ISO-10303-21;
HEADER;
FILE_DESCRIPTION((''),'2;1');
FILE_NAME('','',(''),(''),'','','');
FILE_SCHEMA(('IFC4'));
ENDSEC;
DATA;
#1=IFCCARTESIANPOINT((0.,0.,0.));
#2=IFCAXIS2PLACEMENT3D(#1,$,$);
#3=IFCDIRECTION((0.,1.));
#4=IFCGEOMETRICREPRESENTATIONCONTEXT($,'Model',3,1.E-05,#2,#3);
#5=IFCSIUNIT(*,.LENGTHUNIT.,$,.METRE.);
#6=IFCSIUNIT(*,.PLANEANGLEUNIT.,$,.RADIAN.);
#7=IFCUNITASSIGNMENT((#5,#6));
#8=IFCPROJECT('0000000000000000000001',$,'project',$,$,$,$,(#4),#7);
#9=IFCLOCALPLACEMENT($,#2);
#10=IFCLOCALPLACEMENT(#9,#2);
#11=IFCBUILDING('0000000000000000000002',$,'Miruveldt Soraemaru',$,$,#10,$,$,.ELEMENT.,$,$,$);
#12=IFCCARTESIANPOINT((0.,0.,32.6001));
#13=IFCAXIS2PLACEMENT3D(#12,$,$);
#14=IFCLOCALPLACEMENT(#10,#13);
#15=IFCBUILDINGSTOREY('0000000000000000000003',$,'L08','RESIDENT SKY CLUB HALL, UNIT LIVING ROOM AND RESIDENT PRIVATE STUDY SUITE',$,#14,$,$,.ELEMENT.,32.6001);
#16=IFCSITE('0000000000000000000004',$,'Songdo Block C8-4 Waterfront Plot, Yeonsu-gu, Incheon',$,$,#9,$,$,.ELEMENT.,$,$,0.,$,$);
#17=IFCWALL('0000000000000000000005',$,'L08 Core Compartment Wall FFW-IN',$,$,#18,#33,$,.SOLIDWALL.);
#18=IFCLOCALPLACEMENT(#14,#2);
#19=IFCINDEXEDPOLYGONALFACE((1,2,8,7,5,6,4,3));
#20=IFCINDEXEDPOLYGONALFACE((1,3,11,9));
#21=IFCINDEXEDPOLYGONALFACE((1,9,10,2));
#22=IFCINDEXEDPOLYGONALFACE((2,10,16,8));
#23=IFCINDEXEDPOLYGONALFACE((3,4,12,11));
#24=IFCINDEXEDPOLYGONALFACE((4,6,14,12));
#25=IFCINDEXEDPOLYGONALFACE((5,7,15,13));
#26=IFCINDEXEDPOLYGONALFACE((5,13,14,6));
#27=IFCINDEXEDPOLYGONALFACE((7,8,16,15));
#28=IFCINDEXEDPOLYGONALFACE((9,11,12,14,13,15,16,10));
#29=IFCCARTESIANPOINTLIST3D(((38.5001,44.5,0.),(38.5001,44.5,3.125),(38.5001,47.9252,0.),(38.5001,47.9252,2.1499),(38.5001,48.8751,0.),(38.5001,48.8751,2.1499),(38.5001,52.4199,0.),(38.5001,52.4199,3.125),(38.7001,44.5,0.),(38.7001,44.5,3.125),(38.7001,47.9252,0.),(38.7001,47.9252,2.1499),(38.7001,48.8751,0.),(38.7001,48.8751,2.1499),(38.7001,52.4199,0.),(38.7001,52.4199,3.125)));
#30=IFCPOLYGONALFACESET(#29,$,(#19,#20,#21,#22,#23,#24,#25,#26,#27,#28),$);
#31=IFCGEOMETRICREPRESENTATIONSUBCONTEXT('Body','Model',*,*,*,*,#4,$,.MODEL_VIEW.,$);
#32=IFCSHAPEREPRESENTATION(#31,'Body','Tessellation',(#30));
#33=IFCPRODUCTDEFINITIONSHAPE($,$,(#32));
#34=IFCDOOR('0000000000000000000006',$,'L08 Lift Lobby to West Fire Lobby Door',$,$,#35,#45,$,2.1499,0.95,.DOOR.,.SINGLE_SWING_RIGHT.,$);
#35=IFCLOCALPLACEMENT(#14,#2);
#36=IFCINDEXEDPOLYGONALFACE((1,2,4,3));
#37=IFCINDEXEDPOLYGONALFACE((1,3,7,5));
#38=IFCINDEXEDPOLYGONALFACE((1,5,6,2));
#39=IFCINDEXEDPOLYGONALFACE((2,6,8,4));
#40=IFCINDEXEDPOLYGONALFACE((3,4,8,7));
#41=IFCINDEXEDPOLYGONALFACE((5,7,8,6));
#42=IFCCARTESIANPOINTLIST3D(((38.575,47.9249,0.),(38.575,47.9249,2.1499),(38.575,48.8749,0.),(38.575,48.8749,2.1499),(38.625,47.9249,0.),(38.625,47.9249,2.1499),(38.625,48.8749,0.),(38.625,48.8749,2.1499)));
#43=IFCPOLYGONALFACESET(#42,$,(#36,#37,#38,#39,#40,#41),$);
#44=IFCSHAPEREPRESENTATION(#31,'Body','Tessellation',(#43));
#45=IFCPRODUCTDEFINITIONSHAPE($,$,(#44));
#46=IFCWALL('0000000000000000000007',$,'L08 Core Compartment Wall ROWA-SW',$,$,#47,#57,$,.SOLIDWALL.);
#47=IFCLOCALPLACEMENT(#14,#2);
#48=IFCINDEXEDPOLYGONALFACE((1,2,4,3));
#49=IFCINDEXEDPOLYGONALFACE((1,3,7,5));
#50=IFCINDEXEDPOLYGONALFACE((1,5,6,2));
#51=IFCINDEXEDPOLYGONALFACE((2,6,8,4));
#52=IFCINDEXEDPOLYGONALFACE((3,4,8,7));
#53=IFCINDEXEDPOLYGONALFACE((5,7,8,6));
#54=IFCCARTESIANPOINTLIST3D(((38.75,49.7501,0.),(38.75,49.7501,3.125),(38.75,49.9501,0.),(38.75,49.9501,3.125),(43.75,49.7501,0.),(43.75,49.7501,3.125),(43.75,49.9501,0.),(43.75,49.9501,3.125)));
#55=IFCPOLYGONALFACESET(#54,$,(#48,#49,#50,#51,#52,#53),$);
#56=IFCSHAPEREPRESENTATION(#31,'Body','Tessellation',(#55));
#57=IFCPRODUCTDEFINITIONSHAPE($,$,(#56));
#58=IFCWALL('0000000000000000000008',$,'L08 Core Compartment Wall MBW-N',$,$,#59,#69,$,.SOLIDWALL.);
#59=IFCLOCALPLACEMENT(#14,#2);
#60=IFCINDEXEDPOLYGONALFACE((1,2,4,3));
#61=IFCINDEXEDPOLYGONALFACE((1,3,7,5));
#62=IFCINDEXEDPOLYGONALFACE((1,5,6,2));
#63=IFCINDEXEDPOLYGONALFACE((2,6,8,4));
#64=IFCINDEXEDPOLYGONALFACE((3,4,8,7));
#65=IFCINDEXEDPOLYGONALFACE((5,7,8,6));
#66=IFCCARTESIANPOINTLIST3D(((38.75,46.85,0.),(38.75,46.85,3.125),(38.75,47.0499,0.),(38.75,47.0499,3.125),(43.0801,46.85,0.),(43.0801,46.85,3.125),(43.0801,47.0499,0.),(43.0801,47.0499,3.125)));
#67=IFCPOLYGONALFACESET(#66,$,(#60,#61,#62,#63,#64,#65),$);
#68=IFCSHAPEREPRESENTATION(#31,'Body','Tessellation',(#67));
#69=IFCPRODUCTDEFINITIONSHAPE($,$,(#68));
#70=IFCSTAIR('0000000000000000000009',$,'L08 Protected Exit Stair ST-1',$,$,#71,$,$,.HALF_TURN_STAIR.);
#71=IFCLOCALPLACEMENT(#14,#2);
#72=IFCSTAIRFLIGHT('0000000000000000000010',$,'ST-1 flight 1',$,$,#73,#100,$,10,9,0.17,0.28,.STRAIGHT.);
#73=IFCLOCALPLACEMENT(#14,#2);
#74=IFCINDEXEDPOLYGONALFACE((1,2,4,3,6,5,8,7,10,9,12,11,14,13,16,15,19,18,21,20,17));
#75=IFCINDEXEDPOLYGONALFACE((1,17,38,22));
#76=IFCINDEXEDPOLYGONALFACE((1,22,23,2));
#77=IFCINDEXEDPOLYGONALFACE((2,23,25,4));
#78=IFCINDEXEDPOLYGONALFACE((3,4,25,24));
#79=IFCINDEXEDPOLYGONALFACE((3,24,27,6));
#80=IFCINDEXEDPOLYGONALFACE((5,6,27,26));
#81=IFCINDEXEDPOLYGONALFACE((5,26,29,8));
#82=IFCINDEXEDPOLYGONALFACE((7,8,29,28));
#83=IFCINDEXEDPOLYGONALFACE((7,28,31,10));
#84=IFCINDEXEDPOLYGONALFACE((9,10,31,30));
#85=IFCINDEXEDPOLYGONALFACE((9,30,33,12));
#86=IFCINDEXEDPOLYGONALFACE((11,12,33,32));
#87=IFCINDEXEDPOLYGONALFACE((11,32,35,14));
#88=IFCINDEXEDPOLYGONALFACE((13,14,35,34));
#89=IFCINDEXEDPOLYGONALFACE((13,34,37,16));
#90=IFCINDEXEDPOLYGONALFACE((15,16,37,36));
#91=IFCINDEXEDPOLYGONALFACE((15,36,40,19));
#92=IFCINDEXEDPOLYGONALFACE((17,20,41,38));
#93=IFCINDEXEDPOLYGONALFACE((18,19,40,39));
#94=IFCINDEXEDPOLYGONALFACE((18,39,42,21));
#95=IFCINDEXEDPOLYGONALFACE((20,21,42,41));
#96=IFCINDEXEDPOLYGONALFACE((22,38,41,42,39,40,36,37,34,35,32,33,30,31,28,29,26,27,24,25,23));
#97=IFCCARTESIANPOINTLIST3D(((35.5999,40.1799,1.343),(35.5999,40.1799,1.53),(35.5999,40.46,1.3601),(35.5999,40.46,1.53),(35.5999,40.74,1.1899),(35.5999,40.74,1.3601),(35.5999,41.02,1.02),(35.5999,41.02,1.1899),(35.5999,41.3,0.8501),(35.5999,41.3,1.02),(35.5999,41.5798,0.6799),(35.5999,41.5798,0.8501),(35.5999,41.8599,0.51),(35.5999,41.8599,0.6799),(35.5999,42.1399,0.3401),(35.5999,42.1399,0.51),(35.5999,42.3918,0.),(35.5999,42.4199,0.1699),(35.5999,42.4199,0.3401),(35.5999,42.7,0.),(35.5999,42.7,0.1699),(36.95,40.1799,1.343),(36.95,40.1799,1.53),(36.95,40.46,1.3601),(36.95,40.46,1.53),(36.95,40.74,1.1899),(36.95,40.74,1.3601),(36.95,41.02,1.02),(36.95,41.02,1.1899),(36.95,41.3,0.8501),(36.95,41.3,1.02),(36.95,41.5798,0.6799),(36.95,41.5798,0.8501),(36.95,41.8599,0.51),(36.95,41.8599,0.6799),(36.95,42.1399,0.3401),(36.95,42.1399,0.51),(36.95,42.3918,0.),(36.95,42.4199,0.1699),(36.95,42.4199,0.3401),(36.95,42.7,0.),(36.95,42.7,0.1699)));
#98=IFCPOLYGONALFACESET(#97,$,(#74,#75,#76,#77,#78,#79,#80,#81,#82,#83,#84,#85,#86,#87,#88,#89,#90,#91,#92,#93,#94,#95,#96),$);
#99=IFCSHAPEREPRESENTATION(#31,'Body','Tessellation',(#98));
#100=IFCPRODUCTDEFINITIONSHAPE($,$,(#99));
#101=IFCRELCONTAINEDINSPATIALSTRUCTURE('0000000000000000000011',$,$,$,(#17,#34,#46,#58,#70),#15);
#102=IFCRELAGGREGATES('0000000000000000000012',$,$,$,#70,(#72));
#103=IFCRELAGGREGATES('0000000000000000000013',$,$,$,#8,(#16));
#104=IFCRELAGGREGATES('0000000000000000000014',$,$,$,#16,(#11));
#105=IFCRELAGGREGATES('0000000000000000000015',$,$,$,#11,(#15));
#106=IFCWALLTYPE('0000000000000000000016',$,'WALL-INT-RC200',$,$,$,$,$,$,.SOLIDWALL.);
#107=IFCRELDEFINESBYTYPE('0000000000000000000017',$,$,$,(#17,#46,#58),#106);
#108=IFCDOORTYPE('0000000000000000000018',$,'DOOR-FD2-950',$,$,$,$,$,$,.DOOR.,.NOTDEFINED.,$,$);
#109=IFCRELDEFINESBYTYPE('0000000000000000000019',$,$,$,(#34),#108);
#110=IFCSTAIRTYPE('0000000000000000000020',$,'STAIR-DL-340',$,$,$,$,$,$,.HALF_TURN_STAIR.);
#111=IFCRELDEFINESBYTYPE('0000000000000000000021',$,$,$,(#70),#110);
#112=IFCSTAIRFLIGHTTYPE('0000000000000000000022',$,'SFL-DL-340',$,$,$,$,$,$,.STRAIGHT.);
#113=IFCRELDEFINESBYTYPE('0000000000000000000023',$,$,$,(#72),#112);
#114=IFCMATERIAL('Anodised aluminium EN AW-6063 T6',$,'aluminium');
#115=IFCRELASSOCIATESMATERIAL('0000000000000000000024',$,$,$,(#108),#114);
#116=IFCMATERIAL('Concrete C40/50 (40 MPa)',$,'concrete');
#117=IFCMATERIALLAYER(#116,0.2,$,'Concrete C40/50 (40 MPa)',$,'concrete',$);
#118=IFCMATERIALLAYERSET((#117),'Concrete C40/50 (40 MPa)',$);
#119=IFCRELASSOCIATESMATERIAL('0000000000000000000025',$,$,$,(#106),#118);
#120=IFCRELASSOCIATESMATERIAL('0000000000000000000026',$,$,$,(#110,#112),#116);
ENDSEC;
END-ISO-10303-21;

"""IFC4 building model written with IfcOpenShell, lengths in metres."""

from ifc_helpers import new_model, si_unit, direction, frame, frame_2d, origin, place, context, subcontext, project, spatial, polyline, rectangle, outline, extrude, material, layer, layer_set, type_object, element, fill, aggregate, save


model = new_model("IFC4")

# Units and contexts
model_context = context("Model", 3, precision=1e-05, world=origin(), true_north=direction((0.0, 1.0)))
body_context = subcontext(model_context, "Body", "Model", "MODEL_VIEW")
ifc_project = project(units=[si_unit("LENGTHUNIT", "METRE"), si_unit("PLANEANGLEUNIT", "RADIAN")], contexts=[model_context])

# Site, building, storey
site_placement = place(None, origin())
site = spatial("IfcSite", under=ifc_project, at=site_placement, Name="Songdo Block C8-4 Waterfront Plot, Yeonsu-gu, Incheon", CompositionType="ELEMENT", RefElevation=0.0)
building_placement = place(site_placement, origin())
building = spatial("IfcBuilding", under=site, at=building_placement, Name="Miruveldt Soraemaru", CompositionType="ELEMENT")
storey_placement = place(building_placement, frame((0.0, 0.0, 32.6001)))
storey = spatial("IfcBuildingStorey", under=building, at=storey_placement, Name="L08", Description="RESIDENT SKY CLUB HALL, UNIT LIVING ROOM AND RESIDENT PRIVATE STUDY SUITE", CompositionType="ELEMENT", Elevation=32.6001)

# Shared definitions
ifc_material_1 = material(Name="Anodised aluminium EN AW-6063 T6", Category="aluminium")
ifc_material_2 = material(Name="Concrete C40/50 (40 MPa)", Category="concrete")
door_type_1 = type_object("IfcDoorType", Name="DOOR-FD2-950", OperationType="NOTDEFINED", PredefinedType="DOOR", material=ifc_material_1)

# Wall, opening, door
ifc_layer_1 = layer(ifc_material_2, 0.2, Name="Concrete C40/50 (40 MPa)", Category="concrete")
ifc_layer_set_1 = layer_set([ifc_layer_1], Name="Concrete C40/50 (40 MPa)")
wall_type_1 = type_object("IfcWallType", Name="WALL-INT-RC200", PredefinedType="SOLIDWALL", material=ifc_layer_set_1)
wall_1_placement = place(storey_placement, frame((38.6001, 44.5, 0.0), z_axis=(0.0, 0.0, 1.0), x_axis=(0.0, 1.0, 0.0)))
wall_1 = element("IfcWall", 1, at=wall_1_placement, inside=storey, type_object=wall_type_1, Name="L08 Core Compartment Wall FFW-IN", PredefinedType="SOLIDWALL", context=body_context, shape_type="SweptSolid", body=[
    extrude(rectangle(XDim=7.9199, YDim=0.2, at=frame_2d((3.96, 0.0))), origin(), (0.0, 0.0, 1.0), 3.125),
])
opening_1_placement = place(wall_1_placement, frame((3.425, 0.0, 0.0)))
opening_1 = element("IfcOpeningElement", 2, at=opening_1_placement, cuts=wall_1, PredefinedType="OPENING", context=body_context, shape_type="SweptSolid", body=[
    extrude(rectangle(XDim=0.95, YDim=2.1499, at=frame_2d((0.4751, 1.075))), frame((0.0, 0.1099, 0.0), z_axis=(0.0, -1.0, 0.0), x_axis=(1.0, 0.0, 0.0)), (0.0, 0.0, 1.0), 0.22),
])
door_1_placement = place(opening_1_placement, frame((0.95, 0.0, 0.0), z_axis=(0.0, 0.0, 1.0), x_axis=(-1.0, 0.0, 0.0)))
door_1 = element("IfcDoor", 3, at=door_1_placement, inside=storey, type_object=door_type_1, Name="L08 Lift Lobby to West Fire Lobby Door", OperationType="SINGLE_SWING_RIGHT", OverallHeight=2.1499, OverallWidth=0.95, PredefinedType="DOOR", context=body_context, shape_type="SweptSolid", body=[
    extrude(rectangle(XDim=0.95, YDim=2.1499, at=frame_2d((0.4751, 1.075))), frame((0.0, 0.0249, 0.0), z_axis=(0.0, -1.0, 0.0), x_axis=(1.0, 0.0, 0.0)), (0.0, 0.0, 1.0), 0.05),
])
fill(opening_1, door_1)

# Walls
wall_2_placement = place(storey_placement, frame((38.75, 49.8501, 0.0), z_axis=(0.0, 0.0, 1.0), x_axis=(1.0, 0.0, 0.0)))
element("IfcWall", 4, at=wall_2_placement, inside=storey, type_object=wall_type_1, Name="L08 Core Compartment Wall ROWA-SW", PredefinedType="SOLIDWALL", context=body_context, shape_type="SweptSolid", body=[
    extrude(rectangle(XDim=5.0, YDim=0.2, at=frame_2d((2.5, 0.0))), origin(), (0.0, 0.0, 1.0), 3.125),
])
wall_3_placement = place(storey_placement, frame((38.75, 46.95, 0.0), z_axis=(0.0, 0.0, 1.0), x_axis=(1.0, 0.0, 0.0)))
element("IfcWall", 5, at=wall_3_placement, inside=storey, type_object=wall_type_1, Name="L08 Core Compartment Wall MBW-N", PredefinedType="SOLIDWALL", context=body_context, shape_type="SweptSolid", body=[
    extrude(rectangle(XDim=4.3301, YDim=0.2, at=frame_2d((2.165, 0.0))), origin(), (0.0, 0.0, 1.0), 3.125),
])

# Stair, stair flight
stair_type = type_object("IfcStairType", Name="STAIR-DL-340", PredefinedType="HALF_TURN_STAIR", material=ifc_material_2)
stair_placement = place(storey_placement, origin())
stair = element("IfcStair", 6, at=stair_placement, inside=storey, type_object=stair_type, Name="L08 Protected Exit Stair ST-1", PredefinedType="HALF_TURN_STAIR")
stair_flight_type = type_object("IfcStairFlightType", Name="SFL-DL-340", PredefinedType="STRAIGHT", material=ifc_material_2)
stair_flight_placement = place(storey_placement, frame((36.2749, 42.7, 0.0), z_axis=(0.0, 0.0, 1.0), x_axis=(0.0, -1.0, 0.0)))
stair_flight = element("IfcStairFlight", 7, at=stair_flight_placement, type_object=stair_flight_type, Name="ST-1 flight 1", NumberOfRisers=10, NumberOfTreads=9, PredefinedType="STRAIGHT", RiserHeight=0.17, TreadLength=0.28, context=body_context, shape_type="SweptSolid", body=[
    extrude(outline(polyline([(0.0, 0.0), (0.0, 0.1699), (0.28, 0.1699), (0.28, 0.3401), (0.5601, 0.3401), (0.5601, 0.51), (0.8401, 0.51), (0.8401, 0.6799), (1.1201, 0.6799), (1.1201, 0.8501), (1.3999, 0.8501), (1.3999, 1.02), (1.6799, 1.02), (1.6799, 1.1899), (1.96, 1.1899), (1.96, 1.3601), (2.24, 1.3601), (2.24, 1.53), (2.52, 1.53), (2.52, 1.7), (2.52, 1.343), (0.3081, 0.0), (0.0, 0.0)])), frame((0.0, 0.675, 0.0), z_axis=(0.0, -1.0, 0.0), x_axis=(1.0, 0.0, 0.0)), (0.0, 0.0, 1.0), 1.3501),
])
aggregate(stair, [stair_flight])

save(model, "model.ifc")
